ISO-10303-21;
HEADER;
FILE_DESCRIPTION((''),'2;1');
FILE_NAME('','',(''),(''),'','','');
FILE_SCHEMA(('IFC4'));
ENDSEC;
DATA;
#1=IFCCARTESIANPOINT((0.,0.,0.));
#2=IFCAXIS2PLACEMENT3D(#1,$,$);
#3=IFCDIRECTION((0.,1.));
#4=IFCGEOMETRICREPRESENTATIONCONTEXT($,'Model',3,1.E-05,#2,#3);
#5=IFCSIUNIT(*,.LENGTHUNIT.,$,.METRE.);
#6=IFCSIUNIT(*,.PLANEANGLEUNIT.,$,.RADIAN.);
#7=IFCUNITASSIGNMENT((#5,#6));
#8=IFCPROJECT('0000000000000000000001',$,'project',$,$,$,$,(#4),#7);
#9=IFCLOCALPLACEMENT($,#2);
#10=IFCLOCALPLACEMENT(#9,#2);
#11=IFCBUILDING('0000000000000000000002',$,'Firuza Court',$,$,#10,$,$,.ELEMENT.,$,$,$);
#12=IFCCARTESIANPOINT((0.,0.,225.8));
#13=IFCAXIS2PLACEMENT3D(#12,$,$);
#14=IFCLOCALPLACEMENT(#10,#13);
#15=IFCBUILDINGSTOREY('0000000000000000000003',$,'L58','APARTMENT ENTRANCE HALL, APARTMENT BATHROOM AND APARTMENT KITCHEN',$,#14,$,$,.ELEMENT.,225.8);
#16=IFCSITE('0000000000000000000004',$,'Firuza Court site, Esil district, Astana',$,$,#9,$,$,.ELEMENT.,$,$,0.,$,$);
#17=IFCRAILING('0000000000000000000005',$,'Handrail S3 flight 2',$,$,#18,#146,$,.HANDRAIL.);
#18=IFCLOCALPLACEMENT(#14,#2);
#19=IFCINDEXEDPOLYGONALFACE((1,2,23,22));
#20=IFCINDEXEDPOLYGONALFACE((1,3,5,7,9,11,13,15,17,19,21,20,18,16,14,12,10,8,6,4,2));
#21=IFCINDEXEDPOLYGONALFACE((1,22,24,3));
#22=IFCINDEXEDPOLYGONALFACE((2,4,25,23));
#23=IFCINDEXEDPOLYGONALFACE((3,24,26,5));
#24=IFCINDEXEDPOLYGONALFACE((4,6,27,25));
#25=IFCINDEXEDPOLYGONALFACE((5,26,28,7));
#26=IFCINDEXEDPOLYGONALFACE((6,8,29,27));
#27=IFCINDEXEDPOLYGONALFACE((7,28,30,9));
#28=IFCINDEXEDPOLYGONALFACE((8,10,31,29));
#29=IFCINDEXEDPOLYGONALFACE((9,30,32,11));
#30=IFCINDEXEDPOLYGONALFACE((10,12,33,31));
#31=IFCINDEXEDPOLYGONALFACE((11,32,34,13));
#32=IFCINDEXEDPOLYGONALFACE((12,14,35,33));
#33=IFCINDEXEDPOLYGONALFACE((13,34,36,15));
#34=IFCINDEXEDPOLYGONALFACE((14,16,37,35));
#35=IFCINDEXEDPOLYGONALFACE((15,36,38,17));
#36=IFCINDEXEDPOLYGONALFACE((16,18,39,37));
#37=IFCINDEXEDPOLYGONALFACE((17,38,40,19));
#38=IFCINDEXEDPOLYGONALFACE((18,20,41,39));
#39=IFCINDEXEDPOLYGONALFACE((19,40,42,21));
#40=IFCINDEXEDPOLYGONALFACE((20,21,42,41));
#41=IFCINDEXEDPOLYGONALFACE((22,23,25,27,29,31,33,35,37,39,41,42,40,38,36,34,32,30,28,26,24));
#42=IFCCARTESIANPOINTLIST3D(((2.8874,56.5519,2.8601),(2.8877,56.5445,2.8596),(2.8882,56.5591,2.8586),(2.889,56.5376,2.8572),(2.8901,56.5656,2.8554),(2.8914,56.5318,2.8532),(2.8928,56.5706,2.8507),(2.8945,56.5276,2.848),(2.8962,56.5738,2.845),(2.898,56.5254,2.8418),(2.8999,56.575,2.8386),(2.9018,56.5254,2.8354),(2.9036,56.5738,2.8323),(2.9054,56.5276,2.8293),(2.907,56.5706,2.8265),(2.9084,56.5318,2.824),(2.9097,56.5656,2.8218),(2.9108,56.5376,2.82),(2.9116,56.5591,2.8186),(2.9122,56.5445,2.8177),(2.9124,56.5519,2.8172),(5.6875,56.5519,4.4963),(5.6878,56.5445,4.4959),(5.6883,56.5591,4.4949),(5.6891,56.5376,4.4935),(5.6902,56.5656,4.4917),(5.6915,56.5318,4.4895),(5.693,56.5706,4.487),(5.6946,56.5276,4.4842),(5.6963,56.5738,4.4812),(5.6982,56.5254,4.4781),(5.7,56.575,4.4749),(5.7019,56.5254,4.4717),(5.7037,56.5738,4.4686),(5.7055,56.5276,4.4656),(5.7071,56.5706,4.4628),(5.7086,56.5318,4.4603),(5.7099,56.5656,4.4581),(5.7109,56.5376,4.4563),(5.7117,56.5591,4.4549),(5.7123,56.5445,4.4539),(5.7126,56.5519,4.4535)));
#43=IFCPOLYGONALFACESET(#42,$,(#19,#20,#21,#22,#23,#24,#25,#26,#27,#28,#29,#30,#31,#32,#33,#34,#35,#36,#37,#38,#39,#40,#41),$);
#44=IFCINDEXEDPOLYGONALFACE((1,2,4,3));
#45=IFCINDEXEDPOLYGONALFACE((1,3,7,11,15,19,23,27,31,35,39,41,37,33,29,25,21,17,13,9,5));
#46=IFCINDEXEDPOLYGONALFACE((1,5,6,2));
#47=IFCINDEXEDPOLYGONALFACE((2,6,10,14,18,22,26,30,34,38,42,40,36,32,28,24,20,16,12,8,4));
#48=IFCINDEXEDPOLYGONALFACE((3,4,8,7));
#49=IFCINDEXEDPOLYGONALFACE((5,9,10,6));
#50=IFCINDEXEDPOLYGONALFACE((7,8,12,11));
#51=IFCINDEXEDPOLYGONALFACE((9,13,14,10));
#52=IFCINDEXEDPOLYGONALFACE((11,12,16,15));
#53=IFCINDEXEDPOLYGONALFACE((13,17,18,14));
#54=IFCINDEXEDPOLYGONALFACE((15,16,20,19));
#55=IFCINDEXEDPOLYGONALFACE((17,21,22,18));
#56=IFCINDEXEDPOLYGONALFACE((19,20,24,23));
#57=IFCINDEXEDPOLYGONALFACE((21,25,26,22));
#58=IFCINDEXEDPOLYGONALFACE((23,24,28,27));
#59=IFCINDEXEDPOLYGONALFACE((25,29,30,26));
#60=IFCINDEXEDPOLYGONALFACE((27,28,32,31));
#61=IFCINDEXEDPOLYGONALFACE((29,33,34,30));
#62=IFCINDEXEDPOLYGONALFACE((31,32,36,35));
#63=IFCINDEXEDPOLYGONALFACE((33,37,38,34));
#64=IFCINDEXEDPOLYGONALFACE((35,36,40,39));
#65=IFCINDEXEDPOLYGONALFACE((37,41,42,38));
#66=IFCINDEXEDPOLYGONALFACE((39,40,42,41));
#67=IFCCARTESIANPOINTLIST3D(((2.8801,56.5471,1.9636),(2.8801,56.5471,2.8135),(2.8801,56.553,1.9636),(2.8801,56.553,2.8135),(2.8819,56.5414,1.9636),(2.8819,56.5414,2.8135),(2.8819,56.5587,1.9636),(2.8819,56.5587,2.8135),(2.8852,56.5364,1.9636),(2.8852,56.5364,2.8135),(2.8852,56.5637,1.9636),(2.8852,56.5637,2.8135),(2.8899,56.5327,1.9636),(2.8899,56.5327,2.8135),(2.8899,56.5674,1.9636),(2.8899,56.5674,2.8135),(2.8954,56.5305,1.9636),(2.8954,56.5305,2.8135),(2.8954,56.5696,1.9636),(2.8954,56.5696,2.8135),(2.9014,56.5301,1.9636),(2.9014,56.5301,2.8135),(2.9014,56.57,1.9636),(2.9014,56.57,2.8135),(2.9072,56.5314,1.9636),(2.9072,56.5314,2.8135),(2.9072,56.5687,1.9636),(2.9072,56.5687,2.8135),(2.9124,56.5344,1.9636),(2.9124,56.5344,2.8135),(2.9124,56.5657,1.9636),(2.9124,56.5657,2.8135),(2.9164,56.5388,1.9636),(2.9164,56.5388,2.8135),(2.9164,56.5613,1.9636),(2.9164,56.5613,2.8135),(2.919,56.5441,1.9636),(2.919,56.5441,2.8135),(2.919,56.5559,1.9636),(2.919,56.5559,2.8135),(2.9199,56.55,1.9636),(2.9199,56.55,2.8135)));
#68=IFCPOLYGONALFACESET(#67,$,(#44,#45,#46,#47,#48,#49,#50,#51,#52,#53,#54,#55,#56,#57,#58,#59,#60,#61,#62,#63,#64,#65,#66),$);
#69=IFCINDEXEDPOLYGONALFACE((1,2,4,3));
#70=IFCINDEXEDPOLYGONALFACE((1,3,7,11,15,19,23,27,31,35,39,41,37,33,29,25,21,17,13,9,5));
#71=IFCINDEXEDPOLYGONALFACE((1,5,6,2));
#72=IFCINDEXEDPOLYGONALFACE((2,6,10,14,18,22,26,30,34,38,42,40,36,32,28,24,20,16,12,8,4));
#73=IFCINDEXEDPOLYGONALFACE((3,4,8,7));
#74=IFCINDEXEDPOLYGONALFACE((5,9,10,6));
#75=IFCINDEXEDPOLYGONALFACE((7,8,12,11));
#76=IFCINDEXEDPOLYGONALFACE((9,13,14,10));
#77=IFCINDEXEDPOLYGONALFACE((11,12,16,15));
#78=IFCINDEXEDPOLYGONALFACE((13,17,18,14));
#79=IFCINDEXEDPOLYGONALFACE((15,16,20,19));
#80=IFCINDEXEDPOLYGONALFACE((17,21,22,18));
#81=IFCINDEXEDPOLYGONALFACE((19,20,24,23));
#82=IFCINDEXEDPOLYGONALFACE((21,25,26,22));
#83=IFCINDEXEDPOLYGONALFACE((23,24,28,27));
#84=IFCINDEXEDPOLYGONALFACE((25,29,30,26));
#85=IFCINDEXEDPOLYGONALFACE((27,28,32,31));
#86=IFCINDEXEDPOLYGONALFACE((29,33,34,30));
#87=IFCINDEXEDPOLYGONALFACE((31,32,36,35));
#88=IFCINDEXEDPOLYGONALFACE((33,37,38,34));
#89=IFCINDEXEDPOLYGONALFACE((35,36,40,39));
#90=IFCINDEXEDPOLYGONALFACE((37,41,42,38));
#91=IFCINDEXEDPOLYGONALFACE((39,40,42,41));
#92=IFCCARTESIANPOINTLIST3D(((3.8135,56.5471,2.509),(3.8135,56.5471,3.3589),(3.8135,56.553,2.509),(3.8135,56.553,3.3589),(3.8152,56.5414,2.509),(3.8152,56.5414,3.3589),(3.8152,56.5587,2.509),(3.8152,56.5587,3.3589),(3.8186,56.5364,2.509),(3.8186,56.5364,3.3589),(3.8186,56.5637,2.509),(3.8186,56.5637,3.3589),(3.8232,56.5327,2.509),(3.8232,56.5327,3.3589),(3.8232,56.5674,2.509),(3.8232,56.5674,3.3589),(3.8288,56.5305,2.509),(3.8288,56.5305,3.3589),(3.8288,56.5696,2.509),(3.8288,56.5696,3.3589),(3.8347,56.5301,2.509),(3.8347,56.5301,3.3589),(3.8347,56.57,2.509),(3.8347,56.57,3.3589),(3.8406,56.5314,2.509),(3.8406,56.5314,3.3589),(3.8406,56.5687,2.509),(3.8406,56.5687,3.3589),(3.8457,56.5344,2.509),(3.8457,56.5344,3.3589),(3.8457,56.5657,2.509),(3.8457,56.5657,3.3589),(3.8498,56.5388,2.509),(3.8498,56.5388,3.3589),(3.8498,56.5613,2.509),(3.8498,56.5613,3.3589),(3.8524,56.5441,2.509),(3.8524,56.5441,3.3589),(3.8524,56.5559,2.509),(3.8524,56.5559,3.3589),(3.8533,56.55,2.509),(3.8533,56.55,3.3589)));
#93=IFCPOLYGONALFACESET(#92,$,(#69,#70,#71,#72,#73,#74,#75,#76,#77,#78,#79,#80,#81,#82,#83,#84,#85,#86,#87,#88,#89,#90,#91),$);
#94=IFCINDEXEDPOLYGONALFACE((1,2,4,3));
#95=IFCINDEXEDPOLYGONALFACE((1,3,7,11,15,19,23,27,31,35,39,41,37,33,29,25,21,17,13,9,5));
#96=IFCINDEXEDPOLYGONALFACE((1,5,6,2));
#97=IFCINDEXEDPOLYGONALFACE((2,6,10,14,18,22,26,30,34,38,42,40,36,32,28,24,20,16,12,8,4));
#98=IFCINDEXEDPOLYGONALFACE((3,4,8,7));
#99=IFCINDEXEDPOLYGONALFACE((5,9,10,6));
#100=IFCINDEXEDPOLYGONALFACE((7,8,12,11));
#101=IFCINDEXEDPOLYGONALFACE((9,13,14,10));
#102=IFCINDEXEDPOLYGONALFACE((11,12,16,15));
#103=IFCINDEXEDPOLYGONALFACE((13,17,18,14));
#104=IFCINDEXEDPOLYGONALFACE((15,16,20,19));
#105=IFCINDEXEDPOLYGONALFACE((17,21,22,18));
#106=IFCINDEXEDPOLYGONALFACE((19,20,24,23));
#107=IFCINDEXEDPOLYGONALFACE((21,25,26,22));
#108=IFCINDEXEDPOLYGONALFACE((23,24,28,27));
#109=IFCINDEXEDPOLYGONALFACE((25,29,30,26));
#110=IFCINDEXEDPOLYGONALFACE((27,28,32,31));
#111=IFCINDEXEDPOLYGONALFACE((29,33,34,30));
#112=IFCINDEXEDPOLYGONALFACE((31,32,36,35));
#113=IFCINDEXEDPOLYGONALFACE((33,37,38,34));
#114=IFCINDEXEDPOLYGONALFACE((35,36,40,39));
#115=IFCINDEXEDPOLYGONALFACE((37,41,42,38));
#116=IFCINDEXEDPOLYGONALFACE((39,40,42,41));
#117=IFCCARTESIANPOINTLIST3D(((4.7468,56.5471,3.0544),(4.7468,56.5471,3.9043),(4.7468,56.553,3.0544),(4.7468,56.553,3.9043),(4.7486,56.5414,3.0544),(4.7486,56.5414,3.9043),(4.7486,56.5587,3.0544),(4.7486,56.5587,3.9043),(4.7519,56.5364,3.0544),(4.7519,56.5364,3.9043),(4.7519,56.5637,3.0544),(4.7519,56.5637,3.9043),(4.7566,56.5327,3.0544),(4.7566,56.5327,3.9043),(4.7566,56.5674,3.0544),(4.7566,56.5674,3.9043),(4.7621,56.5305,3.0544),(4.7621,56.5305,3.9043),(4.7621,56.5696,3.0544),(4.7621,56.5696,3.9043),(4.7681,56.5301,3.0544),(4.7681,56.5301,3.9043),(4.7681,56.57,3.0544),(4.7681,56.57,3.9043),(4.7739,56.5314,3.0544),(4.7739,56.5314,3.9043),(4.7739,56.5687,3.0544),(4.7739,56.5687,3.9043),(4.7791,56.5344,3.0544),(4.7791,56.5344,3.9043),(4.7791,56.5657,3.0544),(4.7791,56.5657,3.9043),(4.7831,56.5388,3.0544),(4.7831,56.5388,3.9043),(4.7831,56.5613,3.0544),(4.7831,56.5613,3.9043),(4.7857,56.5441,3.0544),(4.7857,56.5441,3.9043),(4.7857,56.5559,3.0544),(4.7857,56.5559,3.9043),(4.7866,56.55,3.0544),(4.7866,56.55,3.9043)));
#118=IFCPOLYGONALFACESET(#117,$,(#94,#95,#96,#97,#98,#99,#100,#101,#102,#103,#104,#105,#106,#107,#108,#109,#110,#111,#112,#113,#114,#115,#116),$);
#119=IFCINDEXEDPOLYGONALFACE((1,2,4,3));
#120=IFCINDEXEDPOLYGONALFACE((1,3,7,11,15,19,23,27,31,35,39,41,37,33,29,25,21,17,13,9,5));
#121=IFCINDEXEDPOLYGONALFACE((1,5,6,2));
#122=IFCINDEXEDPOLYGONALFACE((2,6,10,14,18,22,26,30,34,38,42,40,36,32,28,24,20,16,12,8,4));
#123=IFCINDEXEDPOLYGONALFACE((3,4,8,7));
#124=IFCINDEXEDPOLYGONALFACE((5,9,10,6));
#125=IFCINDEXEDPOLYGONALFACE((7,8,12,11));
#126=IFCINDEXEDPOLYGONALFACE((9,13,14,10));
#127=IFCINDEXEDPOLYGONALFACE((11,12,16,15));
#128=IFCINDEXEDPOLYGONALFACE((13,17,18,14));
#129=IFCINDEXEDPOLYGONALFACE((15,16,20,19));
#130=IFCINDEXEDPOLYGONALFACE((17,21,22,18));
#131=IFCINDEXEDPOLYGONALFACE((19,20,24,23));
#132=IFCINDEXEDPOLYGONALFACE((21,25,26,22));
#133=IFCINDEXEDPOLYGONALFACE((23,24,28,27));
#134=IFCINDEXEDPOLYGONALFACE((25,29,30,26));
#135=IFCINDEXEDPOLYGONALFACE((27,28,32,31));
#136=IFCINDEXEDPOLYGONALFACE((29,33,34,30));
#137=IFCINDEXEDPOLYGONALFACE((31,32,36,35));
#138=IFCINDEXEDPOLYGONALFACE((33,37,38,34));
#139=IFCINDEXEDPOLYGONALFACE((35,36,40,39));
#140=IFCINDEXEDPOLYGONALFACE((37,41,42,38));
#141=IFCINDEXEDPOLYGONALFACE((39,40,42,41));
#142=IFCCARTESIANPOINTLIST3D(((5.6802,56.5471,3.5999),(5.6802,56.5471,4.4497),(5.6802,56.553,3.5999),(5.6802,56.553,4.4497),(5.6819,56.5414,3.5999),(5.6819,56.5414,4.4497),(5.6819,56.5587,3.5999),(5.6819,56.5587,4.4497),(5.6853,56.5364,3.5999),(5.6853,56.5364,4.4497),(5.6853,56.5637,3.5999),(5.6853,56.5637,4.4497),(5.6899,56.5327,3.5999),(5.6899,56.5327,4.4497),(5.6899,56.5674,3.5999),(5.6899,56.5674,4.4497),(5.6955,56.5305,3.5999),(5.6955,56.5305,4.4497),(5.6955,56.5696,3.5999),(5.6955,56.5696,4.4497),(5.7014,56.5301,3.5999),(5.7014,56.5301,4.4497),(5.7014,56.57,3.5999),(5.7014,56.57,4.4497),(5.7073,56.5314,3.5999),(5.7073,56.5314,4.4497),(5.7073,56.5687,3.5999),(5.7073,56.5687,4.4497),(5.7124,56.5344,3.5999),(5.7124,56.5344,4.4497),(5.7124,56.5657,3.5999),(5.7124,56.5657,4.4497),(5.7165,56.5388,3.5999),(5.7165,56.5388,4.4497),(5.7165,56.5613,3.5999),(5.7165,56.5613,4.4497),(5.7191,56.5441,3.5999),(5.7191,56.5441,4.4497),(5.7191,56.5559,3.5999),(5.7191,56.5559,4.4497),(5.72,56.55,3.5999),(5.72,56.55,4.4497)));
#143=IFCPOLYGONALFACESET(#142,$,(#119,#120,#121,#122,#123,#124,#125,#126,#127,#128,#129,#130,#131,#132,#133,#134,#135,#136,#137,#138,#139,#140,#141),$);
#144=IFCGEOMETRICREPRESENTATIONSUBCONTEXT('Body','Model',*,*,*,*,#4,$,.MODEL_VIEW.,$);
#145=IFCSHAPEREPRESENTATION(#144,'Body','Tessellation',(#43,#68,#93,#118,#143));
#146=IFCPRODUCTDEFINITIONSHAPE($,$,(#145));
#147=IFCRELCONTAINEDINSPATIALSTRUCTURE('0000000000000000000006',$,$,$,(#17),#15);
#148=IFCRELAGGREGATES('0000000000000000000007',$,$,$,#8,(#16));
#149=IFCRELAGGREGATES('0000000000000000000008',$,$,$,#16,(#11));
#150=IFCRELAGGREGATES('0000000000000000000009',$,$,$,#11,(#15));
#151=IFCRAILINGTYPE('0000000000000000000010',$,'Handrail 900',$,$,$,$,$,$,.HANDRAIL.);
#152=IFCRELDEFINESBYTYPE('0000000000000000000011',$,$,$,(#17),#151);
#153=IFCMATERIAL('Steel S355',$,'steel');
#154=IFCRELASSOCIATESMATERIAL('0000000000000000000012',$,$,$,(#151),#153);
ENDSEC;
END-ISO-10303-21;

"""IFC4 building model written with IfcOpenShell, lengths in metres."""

from ifc_helpers import new_model, si_unit, direction, frame, origin, origin_2d, place, context, subcontext, project, spatial, circle, extrude, material, type_object, element, save


model = new_model("IFC4")

# Units and contexts
model_context = context("Model", 3, precision=1e-05, world=origin(), true_north=direction((0.0, 1.0)))
body_context = subcontext(model_context, "Body", "Model", "MODEL_VIEW")
ifc_project = project(units=[si_unit("LENGTHUNIT", "METRE"), si_unit("PLANEANGLEUNIT", "RADIAN")], contexts=[model_context])

# Site, building, storey
site_placement = place(None, origin())
site = spatial("IfcSite", under=ifc_project, at=site_placement, Name="Firuza Court site, Esil district, Astana", CompositionType="ELEMENT", RefElevation=0.0)
building_placement = place(site_placement, origin())
building = spatial("IfcBuilding", under=site, at=building_placement, Name="Firuza Court", CompositionType="ELEMENT")
storey_placement = place(building_placement, frame((0.0, 0.0, 225.8)))
storey = spatial("IfcBuildingStorey", under=building, at=storey_placement, Name="L58", Description="APARTMENT ENTRANCE HALL, APARTMENT BATHROOM AND APARTMENT KITCHEN", CompositionType="ELEMENT", Elevation=225.8)

# Railing
ifc_material_1 = material(Name="Steel S355", Category="steel")
railing_type_1 = type_object("IfcRailingType", Name="Handrail 900", PredefinedType="HANDRAIL", material=ifc_material_1)
railing_1_placement = place(storey_placement, frame((2.8999, 56.55, 1.9636)))
element("IfcRailing", 1, at=railing_1_placement, inside=storey, type_object=railing_type_1, Name="Handrail S3 flight 2", PredefinedType="HANDRAIL", context=body_context, shape_type="SweptSolid", body=[
    extrude(circle(Radius=0.0249, at=origin_2d()), frame((0.0, 0.0, 0.875), z_axis=(0.863394, 0.0, 0.504531), x_axis=(0.0, 1.0, 0.0)), (0.0, 0.0, 1.0), 3.2432),
    extrude(circle(Radius=0.02, at=origin_2d()), origin(), (0.0, 0.0, 1.0), 0.8499),
    extrude(circle(Radius=0.02, at=origin_2d()), frame((0.9333, 0.0, 0.5454)), (0.0, 0.0, 1.0), 0.8499),
    extrude(circle(Radius=0.02, at=origin_2d()), frame((1.8667, 0.0, 1.0908)), (0.0, 0.0, 1.0), 0.8499),
    extrude(circle(Radius=0.02, at=origin_2d()), frame((2.8, 0.0, 1.6362)), (0.0, 0.0, 1.0), 0.8499),
])

save(model, "model.ifc")
